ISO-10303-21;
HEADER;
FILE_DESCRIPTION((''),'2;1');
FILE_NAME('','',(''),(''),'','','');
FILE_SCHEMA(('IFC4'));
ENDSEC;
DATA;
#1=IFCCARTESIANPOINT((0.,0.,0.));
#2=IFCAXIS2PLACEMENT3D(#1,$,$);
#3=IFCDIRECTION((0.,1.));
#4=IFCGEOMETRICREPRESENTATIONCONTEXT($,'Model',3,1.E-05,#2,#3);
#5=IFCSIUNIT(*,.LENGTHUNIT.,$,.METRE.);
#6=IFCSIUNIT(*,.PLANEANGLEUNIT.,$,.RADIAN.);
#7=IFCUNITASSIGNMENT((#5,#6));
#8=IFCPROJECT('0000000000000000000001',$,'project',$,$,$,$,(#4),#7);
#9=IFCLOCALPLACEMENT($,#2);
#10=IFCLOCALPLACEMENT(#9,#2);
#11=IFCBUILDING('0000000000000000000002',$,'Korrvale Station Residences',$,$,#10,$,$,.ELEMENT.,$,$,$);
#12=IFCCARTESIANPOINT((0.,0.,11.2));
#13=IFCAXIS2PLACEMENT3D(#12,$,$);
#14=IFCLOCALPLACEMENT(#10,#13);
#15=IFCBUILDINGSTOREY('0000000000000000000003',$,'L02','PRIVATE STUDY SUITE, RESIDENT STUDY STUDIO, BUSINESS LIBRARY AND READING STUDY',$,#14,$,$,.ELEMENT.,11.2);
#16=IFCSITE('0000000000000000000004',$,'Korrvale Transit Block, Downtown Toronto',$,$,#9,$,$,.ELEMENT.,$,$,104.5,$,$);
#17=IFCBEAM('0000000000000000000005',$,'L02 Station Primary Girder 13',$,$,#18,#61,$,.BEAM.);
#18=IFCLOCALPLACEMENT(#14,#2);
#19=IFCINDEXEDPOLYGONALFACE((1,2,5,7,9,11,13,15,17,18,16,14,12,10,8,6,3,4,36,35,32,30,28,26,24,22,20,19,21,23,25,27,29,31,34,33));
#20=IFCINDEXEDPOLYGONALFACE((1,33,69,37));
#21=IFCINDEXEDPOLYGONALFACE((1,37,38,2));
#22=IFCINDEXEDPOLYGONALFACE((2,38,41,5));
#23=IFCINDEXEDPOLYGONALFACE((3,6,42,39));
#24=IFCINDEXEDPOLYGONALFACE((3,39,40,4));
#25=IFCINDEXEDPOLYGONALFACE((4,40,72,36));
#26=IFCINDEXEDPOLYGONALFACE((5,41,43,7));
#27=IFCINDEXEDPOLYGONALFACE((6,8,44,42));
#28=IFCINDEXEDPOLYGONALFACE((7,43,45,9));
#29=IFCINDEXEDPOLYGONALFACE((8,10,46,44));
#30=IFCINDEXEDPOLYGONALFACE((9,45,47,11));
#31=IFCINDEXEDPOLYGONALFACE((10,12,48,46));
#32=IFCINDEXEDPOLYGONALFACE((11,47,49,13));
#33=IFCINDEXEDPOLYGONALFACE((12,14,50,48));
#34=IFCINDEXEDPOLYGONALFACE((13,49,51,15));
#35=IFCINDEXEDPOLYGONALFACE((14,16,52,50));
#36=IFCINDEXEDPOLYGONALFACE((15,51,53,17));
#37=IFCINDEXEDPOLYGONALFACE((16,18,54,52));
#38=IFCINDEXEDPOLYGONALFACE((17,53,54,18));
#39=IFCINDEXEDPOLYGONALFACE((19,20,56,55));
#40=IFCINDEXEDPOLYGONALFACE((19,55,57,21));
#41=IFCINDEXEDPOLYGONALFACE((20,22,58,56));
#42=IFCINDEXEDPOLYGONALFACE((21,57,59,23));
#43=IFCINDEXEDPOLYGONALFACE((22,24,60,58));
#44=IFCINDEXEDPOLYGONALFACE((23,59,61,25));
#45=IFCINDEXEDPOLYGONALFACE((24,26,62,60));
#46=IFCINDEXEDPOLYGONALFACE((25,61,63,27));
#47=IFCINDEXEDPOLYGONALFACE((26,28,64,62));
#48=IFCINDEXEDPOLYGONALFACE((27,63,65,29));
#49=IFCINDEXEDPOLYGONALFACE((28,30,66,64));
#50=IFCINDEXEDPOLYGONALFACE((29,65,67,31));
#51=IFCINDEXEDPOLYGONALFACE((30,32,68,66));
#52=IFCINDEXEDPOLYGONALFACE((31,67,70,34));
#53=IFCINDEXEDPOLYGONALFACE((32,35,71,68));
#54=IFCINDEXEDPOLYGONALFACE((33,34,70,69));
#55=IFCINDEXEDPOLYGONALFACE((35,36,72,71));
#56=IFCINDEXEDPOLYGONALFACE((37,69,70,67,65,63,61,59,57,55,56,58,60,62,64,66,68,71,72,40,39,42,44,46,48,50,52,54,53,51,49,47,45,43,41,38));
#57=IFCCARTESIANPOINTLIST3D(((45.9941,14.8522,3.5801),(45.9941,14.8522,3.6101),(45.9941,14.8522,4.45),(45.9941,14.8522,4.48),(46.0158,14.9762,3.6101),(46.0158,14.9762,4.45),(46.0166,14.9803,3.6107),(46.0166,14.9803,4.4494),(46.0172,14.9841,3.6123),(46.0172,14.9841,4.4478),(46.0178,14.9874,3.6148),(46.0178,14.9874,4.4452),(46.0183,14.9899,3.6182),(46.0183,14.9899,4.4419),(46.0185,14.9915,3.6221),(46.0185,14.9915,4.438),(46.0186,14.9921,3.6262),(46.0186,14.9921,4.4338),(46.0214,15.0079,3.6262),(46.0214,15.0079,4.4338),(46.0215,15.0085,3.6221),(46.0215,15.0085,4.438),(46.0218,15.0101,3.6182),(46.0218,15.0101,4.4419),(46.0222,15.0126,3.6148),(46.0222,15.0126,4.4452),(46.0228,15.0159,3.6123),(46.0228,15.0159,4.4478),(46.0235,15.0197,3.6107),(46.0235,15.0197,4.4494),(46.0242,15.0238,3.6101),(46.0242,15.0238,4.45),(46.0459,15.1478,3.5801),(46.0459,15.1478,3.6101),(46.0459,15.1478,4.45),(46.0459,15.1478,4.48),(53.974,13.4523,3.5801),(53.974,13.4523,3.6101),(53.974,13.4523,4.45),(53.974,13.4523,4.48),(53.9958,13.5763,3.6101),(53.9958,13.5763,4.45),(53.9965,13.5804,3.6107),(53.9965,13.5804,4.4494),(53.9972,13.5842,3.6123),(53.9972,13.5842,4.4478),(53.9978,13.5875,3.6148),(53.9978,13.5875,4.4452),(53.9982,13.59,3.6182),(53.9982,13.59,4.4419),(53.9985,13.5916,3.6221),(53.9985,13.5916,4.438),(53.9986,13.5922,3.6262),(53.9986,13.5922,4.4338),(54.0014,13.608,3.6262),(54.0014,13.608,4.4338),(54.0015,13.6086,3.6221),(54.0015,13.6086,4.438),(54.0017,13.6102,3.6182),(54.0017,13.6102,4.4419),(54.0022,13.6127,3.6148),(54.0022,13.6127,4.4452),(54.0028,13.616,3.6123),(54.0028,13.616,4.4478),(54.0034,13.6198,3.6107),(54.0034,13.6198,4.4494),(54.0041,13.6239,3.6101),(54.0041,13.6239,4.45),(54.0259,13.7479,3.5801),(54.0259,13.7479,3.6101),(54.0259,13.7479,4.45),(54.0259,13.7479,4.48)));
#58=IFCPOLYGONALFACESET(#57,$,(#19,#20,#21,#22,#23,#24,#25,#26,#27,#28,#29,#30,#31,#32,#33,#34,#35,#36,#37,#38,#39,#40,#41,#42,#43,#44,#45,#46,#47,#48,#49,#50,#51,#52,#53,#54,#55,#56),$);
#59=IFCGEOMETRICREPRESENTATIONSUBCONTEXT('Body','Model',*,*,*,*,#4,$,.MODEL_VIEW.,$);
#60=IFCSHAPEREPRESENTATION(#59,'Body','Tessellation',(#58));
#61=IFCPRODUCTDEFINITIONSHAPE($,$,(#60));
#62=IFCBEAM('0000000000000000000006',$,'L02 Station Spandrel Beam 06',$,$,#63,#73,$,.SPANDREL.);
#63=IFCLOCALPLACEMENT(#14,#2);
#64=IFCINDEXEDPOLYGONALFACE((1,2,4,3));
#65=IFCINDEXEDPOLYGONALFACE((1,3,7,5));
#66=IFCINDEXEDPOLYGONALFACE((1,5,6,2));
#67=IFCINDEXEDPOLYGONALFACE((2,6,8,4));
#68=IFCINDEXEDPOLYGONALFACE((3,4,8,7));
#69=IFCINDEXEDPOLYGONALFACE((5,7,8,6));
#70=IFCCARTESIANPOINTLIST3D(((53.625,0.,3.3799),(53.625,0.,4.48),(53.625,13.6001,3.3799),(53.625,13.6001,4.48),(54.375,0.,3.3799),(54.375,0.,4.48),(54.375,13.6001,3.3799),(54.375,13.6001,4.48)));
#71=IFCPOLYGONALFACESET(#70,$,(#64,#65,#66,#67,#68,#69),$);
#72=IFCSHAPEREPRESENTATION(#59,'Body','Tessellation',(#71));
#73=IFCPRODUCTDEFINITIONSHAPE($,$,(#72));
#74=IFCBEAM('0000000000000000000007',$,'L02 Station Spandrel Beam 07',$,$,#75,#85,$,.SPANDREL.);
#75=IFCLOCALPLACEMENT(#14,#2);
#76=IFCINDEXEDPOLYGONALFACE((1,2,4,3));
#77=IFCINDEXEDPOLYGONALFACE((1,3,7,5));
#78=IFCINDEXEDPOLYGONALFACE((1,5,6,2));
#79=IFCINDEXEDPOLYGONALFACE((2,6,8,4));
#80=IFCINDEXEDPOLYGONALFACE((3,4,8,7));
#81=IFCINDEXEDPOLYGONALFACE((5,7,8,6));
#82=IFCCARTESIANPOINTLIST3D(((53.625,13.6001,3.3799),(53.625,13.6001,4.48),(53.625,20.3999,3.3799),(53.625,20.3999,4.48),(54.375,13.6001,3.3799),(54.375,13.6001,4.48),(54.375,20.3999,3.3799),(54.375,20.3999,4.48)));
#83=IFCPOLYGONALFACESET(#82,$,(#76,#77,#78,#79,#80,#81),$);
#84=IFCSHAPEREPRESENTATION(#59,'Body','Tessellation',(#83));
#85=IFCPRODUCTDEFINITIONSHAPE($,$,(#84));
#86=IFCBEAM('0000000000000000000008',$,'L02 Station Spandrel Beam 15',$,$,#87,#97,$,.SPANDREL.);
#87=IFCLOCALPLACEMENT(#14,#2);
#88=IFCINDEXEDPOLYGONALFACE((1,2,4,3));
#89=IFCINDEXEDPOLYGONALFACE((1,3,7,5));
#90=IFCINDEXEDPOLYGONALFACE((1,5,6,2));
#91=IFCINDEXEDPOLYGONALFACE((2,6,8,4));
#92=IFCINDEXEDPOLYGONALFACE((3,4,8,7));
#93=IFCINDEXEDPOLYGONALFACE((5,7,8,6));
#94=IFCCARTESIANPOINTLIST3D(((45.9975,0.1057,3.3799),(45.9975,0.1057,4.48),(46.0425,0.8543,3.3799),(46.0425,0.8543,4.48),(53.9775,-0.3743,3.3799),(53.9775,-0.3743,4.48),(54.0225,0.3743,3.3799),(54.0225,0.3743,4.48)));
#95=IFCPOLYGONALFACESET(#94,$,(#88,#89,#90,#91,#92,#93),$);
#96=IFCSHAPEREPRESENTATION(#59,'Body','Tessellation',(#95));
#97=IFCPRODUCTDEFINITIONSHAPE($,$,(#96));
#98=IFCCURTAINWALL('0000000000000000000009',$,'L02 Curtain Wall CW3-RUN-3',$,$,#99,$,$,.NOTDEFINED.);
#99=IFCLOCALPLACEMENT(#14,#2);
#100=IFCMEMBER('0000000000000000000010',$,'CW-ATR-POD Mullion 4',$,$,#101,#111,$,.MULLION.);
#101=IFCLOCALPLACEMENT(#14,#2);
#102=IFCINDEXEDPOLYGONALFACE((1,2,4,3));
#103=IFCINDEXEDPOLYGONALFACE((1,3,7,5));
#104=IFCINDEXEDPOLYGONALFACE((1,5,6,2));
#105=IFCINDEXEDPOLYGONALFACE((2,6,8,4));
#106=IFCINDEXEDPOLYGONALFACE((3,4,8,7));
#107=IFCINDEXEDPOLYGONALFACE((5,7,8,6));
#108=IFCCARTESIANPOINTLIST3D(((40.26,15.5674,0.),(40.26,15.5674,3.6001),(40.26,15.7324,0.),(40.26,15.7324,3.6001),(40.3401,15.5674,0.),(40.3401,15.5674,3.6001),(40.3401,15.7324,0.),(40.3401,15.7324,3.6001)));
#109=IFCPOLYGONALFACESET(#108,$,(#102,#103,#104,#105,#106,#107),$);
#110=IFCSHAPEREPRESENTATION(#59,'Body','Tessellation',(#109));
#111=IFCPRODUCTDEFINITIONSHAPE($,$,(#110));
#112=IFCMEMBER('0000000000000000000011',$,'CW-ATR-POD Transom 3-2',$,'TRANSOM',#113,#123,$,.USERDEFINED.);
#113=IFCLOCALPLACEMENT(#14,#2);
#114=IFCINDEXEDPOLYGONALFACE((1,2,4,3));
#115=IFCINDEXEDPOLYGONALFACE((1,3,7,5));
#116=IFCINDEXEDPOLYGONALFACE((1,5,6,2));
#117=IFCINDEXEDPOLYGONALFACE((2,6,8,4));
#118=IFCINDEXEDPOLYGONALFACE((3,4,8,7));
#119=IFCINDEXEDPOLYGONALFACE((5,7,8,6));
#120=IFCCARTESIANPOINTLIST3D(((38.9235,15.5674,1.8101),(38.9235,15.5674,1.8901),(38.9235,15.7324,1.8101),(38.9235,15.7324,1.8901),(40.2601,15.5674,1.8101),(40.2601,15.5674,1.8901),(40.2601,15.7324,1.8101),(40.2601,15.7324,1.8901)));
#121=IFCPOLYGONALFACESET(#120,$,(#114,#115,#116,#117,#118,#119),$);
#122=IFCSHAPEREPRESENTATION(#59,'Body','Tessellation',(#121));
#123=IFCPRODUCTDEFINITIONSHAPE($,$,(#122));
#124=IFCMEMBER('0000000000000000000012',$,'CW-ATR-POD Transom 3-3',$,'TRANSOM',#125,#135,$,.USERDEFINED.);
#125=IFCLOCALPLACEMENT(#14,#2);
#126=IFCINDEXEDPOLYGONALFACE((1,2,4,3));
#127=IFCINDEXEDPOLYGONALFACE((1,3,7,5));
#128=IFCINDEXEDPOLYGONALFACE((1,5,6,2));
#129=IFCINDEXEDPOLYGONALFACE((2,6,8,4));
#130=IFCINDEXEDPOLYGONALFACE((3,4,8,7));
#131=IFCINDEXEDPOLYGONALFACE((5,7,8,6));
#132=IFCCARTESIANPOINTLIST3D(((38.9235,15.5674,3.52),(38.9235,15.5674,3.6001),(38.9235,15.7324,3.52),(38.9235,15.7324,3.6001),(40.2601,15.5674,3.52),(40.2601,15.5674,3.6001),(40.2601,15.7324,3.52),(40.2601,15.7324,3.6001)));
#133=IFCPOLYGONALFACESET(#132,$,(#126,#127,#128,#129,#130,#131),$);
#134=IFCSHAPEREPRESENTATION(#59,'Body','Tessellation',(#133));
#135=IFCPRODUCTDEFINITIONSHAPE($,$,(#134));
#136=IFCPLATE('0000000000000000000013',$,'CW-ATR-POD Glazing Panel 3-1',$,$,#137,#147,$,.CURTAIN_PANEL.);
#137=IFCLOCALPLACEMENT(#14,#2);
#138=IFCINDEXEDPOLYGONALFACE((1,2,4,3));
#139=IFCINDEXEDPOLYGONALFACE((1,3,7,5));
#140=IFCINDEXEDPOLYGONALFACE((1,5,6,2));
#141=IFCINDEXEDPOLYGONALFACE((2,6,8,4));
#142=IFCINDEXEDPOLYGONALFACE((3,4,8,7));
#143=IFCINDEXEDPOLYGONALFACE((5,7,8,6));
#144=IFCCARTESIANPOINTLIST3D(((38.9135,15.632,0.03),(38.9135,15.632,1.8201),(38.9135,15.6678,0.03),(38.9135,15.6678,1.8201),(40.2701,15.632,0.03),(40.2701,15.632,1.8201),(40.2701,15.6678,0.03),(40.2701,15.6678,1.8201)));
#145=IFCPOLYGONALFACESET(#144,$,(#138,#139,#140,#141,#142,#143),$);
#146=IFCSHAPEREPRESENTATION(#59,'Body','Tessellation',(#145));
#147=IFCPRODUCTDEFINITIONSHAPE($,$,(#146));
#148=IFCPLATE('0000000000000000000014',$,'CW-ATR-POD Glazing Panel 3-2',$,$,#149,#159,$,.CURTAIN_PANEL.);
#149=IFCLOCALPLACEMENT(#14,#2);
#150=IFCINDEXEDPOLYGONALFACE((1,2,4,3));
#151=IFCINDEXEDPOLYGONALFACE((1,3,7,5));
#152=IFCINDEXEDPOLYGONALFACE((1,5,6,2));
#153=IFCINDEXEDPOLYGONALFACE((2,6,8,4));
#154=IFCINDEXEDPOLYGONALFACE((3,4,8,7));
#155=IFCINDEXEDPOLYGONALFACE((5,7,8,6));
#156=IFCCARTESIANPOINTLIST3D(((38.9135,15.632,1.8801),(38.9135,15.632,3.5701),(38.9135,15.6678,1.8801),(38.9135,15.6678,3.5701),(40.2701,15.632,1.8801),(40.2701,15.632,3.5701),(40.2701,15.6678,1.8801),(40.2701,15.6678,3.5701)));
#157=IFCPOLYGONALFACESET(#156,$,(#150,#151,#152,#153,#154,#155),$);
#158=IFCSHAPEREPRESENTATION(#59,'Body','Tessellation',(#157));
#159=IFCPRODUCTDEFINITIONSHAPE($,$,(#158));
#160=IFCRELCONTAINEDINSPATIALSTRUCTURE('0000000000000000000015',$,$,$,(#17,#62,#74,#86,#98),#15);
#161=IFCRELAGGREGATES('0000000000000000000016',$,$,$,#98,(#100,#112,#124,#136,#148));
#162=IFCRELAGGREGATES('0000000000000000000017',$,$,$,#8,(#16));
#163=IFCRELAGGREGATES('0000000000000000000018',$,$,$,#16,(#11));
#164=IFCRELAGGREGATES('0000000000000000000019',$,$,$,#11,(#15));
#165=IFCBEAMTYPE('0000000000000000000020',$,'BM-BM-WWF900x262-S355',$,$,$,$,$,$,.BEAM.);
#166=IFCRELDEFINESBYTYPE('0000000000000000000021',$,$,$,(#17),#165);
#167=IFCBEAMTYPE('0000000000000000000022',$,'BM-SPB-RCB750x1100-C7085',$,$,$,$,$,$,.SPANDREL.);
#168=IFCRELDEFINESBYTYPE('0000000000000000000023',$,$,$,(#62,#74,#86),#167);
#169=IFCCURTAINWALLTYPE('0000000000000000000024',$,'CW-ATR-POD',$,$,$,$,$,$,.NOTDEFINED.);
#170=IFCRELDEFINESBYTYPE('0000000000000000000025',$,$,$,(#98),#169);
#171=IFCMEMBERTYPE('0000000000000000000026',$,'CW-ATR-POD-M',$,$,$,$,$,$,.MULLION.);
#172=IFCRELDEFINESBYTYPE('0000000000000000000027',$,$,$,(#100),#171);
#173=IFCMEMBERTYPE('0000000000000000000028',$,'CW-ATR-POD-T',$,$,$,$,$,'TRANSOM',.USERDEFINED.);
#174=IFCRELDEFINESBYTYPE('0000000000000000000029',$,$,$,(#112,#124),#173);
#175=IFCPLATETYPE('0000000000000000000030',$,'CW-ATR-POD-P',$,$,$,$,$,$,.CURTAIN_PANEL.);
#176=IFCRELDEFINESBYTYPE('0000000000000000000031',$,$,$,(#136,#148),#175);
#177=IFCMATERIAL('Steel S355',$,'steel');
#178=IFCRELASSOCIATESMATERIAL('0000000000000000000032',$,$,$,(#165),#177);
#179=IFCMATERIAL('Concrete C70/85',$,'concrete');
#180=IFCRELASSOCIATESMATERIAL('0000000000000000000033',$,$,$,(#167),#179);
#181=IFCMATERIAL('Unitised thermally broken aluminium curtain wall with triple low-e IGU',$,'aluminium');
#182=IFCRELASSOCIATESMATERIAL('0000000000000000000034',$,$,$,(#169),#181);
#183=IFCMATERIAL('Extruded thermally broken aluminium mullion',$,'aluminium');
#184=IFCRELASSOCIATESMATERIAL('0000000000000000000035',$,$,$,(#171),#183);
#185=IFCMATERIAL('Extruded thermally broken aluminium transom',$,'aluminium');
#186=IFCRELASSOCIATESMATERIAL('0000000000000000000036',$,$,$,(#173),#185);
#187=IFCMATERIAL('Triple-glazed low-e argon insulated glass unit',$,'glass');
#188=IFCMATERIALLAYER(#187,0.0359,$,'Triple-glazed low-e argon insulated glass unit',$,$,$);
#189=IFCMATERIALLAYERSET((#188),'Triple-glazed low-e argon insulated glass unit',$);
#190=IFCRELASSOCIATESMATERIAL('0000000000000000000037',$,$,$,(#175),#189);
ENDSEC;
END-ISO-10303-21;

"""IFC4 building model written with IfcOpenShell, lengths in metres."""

from ifc_helpers import new_model, si_unit, direction, frame, origin, origin_2d, place, context, subcontext, project, spatial, rectangle, i_section, extrude, material, layer, layer_set, material_profile, profile_set, type_object, element, aggregate, save


model = new_model("IFC4")

# Units and contexts
model_context = context("Model", 3, precision=1e-05, world=origin(), true_north=direction((0.0, 1.0)))
body_context = subcontext(model_context, "Body", "Model", "MODEL_VIEW")
ifc_project = project(units=[si_unit("LENGTHUNIT", "METRE"), si_unit("PLANEANGLEUNIT", "RADIAN")], contexts=[model_context])

# Site, building, storey
site_placement = place(None, origin())
site = spatial("IfcSite", under=ifc_project, at=site_placement, Name="Korrvale Transit Block, Downtown Toronto", CompositionType="ELEMENT", RefElevation=104.5)
building_placement = place(site_placement, origin())
building = spatial("IfcBuilding", under=site, at=building_placement, Name="Korrvale Station Residences", CompositionType="ELEMENT")
storey_placement = place(building_placement, frame((0.0, 0.0, 11.2)))
storey = spatial("IfcBuildingStorey", under=building, at=storey_placement, Name="L02", Description="PRIVATE STUDY SUITE, RESIDENT STUDY STUDIO, BUSINESS LIBRARY AND READING STUDY", CompositionType="ELEMENT", Elevation=11.2)

# Shared definitions
ifc_material_1 = material(Name="Concrete C70/85", Category="concrete")

# Beams
ifc_material_2 = material(Name="Steel S355", Category="steel")
ifc_material_profile_1 = material_profile(ifc_material_2, i_section(OverallWidth=0.3, OverallDepth=0.8999, WebThickness=0.0161, FlangeThickness=0.03, FilletRadius=0.0161, at=origin_2d()), Name="WWF900x262")
ifc_profile_set_1 = profile_set([ifc_material_profile_1], Name="Steel S355")
beam_type_1 = type_object("IfcBeamType", Name="BM-BM-WWF900x262-S355", PredefinedType="BEAM", material=ifc_profile_set_1)
beam_1_placement = place(storey_placement, frame((46.02, 15.0, 4.03), z_axis=(0.984959, -0.172788, 0.0), x_axis=(0.172788, 0.984959, 0.0)))
element("IfcBeam", 1, at=beam_1_placement, inside=storey, type_object=beam_type_1, Name="L02 Station Primary Girder 13", PredefinedType="BEAM", context=body_context, shape_type="SweptSolid", body=[
    extrude(i_section(OverallWidth=0.3, OverallDepth=0.8999, WebThickness=0.0161, FlangeThickness=0.03, FilletRadius=0.0161, at=origin_2d()), origin(), (0.0, 0.0, 1.0), 8.1018),
])
ifc_material_profile_2 = material_profile(ifc_material_1, rectangle(XDim=0.75, YDim=1.1001, at=origin_2d()), Name="RCB750x1100")
ifc_profile_set_2 = profile_set([ifc_material_profile_2], Name="Concrete C70/85")
beam_type_2 = type_object("IfcBeamType", Name="BM-SPB-RCB750x1100-C7085", PredefinedType="SPANDREL", material=ifc_profile_set_2)
beam_2_placement = place(storey_placement, frame((54.0, 0.0, 3.9299), z_axis=(0.0, 1.0, 0.0), x_axis=(-1.0, 0.0, 0.0)))
element("IfcBeam", 2, at=beam_2_placement, inside=storey, type_object=beam_type_2, Name="L02 Station Spandrel Beam 06", PredefinedType="SPANDREL", context=body_context, shape_type="SweptSolid", body=[
    extrude(rectangle(XDim=0.75, YDim=1.1001, at=origin_2d()), origin(), (0.0, 0.0, 1.0), 13.6001),
])
beam_3_placement = place(storey_placement, frame((54.0, 13.6001, 3.9299), z_axis=(0.0, 1.0, 0.0), x_axis=(-1.0, 0.0, 0.0)))
element("IfcBeam", 3, at=beam_3_placement, inside=storey, type_object=beam_type_2, Name="L02 Station Spandrel Beam 07", PredefinedType="SPANDREL", context=body_context, shape_type="SweptSolid", body=[
    extrude(rectangle(XDim=0.75, YDim=1.1001, at=origin_2d()), origin(), (0.0, 0.0, 1.0), 6.7998),
])
beam_4_placement = place(storey_placement, frame((46.02, 0.48, 3.9299), z_axis=(0.998196, -0.06004, 0.0), x_axis=(0.06004, 0.998196, 0.0)))
element("IfcBeam", 4, at=beam_4_placement, inside=storey, type_object=beam_type_2, Name="L02 Station Spandrel Beam 15", PredefinedType="SPANDREL", context=body_context, shape_type="SweptSolid", body=[
    extrude(rectangle(XDim=0.75, YDim=1.1001, at=origin_2d()), origin(), (0.0, 0.0, 1.0), 7.9944),
])

# Curtain wall, members, plates
ifc_material_3 = material(Name="Unitised thermally broken aluminium curtain wall with triple low-e IGU", Category="aluminium")
curtain_wall_type = type_object("IfcCurtainWallType", Name="CW-ATR-POD", PredefinedType="NOTDEFINED", material=ifc_material_3)
curtain_wall_placement = place(storey_placement, origin())
curtain_wall = element("IfcCurtainWall", 5, at=curtain_wall_placement, inside=storey, type_object=curtain_wall_type, Name="L02 Curtain Wall CW3-RUN-3", PredefinedType="NOTDEFINED")
ifc_material_4 = material(Name="Extruded thermally broken aluminium mullion", Category="aluminium")
member_type_1 = type_object("IfcMemberType", Name="CW-ATR-POD-M", PredefinedType="MULLION", material=ifc_material_4)
member_1_placement = place(storey_placement, frame((40.3, 15.6499, 0.0), z_axis=(0.0, 0.0, 1.0), x_axis=(1.0, 0.0, 0.0)))
member_1 = element("IfcMember", 6, at=member_1_placement, type_object=member_type_1, Name="CW-ATR-POD Mullion 4", PredefinedType="MULLION", context=body_context, shape_type="SweptSolid", body=[
    extrude(rectangle(XDim=0.0801, YDim=0.165, at=origin_2d()), origin(), (0.0, 0.0, 1.0), 3.6001),
])
ifc_material_5 = material(Name="Extruded thermally broken aluminium transom", Category="aluminium")
member_type_2 = type_object("IfcMemberType", Name="CW-ATR-POD-T", ElementType="TRANSOM", PredefinedType="USERDEFINED", material=ifc_material_5)
member_2_placement = place(storey_placement, frame((39.5918, 15.6499, 1.8101), z_axis=(0.0, 0.0, 1.0), x_axis=(1.0, 0.0, 0.0)))
member_2 = element("IfcMember", 7, at=member_2_placement, type_object=member_type_2, Name="CW-ATR-POD Transom 3-2", ObjectType="TRANSOM", PredefinedType="USERDEFINED", context=body_context, shape_type="SweptSolid", body=[
    extrude(rectangle(XDim=1.3367, YDim=0.165, at=origin_2d()), origin(), (0.0, 0.0, 1.0), 0.0801),
])
member_3_placement = place(storey_placement, frame((39.5918, 15.6499, 3.52), z_axis=(0.0, 0.0, 1.0), x_axis=(1.0, 0.0, 0.0)))
member_3 = element("IfcMember", 8, at=member_3_placement, type_object=member_type_2, Name="CW-ATR-POD Transom 3-3", ObjectType="TRANSOM", PredefinedType="USERDEFINED", context=body_context, shape_type="SweptSolid", body=[
    extrude(rectangle(XDim=1.3367, YDim=0.165, at=origin_2d()), origin(), (0.0, 0.0, 1.0), 0.0801),
])
ifc_material_6 = material(Name="Triple-glazed low-e argon insulated glass unit", Category="glass")
ifc_layer_1 = layer(ifc_material_6, 0.0359, Name="Triple-glazed low-e argon insulated glass unit")
ifc_layer_set_1 = layer_set([ifc_layer_1], Name="Triple-glazed low-e argon insulated glass unit")
plate_type = type_object("IfcPlateType", Name="CW-ATR-POD-P", PredefinedType="CURTAIN_PANEL", material=ifc_layer_set_1)
plate_1_placement = place(storey_placement, frame((39.5918, 15.6499, 0.03), z_axis=(0.0, 0.0, 1.0), x_axis=(1.0, 0.0, 0.0)))
plate_1 = element("IfcPlate", 9, at=plate_1_placement, type_object=plate_type, Name="CW-ATR-POD Glazing Panel 3-1", PredefinedType="CURTAIN_PANEL", context=body_context, shape_type="SweptSolid", body=[
    extrude(rectangle(XDim=1.3567, YDim=0.0359, at=origin_2d()), origin(), (0.0, 0.0, 1.0), 1.79),
])
plate_2_placement = place(storey_placement, frame((39.5918, 15.6499, 1.8801), z_axis=(0.0, 0.0, 1.0), x_axis=(1.0, 0.0, 0.0)))
plate_2 = element("IfcPlate", 10, at=plate_2_placement, type_object=plate_type, Name="CW-ATR-POD Glazing Panel 3-2", PredefinedType="CURTAIN_PANEL", context=body_context, shape_type="SweptSolid", body=[
    extrude(rectangle(XDim=1.3567, YDim=0.0359, at=origin_2d()), origin(), (0.0, 0.0, 1.0), 1.6899),
])
aggregate(curtain_wall, [member_1, member_2, member_3, plate_1, plate_2])

save(model, "model.ifc")
